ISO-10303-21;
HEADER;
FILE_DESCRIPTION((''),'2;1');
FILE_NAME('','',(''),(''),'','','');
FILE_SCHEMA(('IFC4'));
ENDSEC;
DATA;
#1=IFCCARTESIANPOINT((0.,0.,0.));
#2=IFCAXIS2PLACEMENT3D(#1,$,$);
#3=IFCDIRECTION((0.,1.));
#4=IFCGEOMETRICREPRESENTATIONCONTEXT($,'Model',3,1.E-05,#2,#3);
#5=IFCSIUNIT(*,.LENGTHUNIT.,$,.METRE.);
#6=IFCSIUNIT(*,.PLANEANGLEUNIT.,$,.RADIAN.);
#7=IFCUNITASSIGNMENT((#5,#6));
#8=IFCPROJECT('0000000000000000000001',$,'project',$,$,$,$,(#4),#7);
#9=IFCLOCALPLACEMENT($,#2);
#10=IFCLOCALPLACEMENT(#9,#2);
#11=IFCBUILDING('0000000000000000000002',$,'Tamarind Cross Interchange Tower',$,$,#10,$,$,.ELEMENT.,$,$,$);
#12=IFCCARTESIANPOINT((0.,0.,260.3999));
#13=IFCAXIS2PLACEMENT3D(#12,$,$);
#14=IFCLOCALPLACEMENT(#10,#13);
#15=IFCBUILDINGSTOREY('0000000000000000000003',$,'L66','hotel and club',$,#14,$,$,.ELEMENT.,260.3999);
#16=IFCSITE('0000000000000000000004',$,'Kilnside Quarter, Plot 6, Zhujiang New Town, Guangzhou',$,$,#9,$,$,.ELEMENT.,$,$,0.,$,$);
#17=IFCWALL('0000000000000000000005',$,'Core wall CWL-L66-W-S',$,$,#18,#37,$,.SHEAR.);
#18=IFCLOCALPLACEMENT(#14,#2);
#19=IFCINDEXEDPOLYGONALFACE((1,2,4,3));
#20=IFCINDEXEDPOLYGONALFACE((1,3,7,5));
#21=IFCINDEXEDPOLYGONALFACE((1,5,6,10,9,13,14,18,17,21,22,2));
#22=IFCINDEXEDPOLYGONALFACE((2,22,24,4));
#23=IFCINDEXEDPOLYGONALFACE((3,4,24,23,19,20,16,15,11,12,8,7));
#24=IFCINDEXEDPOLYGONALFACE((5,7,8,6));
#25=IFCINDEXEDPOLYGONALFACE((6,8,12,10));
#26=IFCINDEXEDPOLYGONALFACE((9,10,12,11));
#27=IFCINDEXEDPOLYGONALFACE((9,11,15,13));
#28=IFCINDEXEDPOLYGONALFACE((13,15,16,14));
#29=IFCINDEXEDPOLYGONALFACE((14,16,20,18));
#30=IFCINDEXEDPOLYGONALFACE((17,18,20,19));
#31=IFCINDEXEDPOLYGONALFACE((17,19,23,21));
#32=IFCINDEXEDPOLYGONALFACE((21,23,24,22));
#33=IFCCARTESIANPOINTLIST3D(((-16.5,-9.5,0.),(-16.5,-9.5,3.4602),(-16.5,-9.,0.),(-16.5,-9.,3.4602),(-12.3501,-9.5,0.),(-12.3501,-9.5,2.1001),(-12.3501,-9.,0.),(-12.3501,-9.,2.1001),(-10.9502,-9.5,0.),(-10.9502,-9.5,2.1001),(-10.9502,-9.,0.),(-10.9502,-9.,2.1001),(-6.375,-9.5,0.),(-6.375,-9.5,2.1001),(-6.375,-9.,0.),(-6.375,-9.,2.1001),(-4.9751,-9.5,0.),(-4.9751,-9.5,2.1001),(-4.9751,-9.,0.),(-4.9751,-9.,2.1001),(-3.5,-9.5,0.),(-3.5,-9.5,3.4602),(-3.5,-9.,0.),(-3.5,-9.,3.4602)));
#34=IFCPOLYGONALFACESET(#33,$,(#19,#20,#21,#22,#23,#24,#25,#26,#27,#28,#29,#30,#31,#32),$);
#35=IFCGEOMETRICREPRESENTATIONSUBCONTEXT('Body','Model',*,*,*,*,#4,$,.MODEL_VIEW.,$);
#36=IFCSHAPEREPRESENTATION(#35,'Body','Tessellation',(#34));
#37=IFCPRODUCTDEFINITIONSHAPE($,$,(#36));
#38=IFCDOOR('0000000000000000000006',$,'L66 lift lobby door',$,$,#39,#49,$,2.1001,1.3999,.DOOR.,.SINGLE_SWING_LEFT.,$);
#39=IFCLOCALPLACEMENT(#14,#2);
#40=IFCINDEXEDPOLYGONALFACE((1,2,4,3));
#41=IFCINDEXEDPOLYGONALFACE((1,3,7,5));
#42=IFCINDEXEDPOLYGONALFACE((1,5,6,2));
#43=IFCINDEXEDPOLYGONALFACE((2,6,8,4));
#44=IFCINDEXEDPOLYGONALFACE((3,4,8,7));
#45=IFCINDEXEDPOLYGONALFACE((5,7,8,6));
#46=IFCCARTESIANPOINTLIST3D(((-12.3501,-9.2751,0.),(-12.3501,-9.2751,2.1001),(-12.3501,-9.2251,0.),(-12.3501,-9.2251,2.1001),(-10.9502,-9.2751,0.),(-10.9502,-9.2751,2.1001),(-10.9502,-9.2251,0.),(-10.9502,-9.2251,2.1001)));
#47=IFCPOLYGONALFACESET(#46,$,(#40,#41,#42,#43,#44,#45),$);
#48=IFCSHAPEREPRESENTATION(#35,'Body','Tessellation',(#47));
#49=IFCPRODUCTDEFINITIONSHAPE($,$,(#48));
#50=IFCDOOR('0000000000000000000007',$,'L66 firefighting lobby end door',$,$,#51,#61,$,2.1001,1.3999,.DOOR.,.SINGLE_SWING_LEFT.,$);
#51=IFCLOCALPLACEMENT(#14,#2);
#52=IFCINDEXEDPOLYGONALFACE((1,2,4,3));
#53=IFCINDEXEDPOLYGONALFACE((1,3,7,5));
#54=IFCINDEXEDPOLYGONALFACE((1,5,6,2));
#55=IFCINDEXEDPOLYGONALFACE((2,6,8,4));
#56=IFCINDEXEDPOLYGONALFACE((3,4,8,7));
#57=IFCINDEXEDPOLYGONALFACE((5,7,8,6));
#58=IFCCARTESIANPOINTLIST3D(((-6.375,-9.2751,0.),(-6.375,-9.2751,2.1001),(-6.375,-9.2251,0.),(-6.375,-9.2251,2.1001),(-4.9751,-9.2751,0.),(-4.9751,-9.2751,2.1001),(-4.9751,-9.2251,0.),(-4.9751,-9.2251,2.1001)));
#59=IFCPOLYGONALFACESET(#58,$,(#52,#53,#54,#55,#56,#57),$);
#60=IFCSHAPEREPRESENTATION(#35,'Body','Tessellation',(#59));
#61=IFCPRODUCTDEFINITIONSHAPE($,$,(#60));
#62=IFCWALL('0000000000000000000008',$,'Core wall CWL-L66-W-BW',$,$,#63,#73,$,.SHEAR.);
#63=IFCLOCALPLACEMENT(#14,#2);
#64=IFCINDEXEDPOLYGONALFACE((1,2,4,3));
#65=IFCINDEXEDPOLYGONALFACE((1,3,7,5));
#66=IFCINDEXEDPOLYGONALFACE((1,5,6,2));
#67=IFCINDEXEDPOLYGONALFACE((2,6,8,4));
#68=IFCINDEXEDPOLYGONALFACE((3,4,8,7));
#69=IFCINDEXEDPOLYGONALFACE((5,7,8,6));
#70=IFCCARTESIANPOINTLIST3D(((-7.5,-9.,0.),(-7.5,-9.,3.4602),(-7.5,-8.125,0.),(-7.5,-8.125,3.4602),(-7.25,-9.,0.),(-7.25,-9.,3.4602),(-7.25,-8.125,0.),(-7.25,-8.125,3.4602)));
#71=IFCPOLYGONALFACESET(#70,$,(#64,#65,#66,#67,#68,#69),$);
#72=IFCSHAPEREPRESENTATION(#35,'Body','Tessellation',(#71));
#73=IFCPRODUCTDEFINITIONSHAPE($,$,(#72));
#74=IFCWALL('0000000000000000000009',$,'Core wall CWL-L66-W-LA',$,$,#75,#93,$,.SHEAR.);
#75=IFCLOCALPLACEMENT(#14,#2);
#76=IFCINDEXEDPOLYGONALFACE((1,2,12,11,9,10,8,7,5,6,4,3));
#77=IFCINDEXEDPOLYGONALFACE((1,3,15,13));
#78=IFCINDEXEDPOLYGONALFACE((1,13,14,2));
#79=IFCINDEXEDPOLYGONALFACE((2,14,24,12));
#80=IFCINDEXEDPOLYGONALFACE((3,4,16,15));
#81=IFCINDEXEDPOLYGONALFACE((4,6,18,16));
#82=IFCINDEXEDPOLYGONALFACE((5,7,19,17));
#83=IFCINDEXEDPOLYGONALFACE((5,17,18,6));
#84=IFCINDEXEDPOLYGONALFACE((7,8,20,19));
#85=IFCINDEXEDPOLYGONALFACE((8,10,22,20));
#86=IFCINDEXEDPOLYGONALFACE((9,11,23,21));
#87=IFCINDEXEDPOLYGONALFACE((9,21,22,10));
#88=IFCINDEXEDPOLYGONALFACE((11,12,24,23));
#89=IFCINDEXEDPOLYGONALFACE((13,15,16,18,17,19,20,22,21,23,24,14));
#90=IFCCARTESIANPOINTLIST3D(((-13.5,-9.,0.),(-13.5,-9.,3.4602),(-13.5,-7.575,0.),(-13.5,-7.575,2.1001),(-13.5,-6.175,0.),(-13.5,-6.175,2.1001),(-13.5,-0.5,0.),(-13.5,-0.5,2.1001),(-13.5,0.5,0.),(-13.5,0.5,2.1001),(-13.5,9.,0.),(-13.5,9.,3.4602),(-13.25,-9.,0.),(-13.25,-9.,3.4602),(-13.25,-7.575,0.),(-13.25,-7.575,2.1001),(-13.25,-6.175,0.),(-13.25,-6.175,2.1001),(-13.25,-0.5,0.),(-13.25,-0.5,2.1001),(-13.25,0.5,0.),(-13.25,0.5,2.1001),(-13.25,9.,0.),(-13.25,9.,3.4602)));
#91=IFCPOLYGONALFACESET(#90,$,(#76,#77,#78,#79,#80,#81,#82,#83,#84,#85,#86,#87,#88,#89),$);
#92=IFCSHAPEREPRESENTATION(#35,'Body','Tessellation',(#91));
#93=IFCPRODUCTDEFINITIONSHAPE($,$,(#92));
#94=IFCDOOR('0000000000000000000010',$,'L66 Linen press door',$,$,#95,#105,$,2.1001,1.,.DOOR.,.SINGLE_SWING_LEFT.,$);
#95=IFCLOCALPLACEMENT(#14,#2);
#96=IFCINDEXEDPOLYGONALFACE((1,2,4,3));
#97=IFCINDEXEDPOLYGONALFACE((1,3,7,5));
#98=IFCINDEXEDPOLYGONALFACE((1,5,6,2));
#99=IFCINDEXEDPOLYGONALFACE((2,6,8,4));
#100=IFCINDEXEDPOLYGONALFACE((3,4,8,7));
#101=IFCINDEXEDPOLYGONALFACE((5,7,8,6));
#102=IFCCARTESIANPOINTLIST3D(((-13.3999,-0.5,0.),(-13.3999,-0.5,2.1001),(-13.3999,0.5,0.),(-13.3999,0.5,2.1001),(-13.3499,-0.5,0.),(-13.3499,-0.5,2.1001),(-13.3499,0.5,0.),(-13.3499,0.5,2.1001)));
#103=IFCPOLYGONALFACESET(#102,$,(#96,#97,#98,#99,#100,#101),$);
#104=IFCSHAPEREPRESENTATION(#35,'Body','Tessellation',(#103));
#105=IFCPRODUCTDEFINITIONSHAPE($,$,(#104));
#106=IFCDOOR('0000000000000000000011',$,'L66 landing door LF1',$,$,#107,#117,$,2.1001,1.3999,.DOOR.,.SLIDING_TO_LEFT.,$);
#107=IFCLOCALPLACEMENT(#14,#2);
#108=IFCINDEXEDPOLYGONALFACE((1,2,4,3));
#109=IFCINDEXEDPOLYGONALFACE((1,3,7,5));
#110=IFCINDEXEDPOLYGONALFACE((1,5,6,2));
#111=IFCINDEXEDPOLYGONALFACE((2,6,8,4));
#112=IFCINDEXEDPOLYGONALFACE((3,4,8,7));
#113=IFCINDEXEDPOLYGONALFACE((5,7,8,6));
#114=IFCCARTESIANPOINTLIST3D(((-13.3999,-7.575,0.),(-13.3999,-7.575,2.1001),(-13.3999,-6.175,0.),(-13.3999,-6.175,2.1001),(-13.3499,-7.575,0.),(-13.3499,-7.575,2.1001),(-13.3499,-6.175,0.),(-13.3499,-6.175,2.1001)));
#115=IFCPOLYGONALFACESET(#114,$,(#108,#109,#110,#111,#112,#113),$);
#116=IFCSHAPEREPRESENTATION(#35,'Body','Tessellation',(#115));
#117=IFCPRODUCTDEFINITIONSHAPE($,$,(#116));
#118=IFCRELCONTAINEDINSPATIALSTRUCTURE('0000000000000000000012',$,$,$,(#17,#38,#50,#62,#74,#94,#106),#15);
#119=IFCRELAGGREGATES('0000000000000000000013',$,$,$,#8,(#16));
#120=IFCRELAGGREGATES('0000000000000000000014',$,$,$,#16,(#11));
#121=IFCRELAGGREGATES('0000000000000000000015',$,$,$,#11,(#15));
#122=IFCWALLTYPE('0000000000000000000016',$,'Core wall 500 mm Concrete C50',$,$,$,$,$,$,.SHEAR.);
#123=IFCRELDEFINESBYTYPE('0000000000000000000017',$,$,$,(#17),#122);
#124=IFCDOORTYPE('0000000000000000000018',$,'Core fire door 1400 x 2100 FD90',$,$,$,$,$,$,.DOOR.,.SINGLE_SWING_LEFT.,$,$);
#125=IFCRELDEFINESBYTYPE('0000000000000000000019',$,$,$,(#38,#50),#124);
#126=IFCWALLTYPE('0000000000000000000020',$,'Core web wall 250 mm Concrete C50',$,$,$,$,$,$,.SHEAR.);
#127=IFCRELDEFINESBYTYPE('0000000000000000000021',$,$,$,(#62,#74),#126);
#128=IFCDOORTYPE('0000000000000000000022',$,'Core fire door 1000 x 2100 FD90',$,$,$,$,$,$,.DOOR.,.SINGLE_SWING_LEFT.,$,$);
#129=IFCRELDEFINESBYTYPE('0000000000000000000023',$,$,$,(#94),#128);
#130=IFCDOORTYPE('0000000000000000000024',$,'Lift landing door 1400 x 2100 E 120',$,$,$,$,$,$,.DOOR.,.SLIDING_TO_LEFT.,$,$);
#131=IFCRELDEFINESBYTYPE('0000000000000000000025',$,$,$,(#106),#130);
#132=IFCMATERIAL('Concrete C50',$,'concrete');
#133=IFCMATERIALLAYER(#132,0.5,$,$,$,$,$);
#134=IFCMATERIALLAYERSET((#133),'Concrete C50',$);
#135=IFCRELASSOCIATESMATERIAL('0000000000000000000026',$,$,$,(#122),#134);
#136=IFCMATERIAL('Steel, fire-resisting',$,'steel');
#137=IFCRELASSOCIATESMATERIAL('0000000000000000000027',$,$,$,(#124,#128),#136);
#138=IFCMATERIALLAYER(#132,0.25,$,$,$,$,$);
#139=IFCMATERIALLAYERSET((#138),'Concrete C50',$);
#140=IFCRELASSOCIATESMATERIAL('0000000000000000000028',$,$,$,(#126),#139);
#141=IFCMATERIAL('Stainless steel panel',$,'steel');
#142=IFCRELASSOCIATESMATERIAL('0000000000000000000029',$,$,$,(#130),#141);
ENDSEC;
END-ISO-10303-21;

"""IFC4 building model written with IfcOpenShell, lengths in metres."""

from ifc_helpers import new_model, si_unit, direction, frame, frame_2d, origin, place, context, subcontext, project, spatial, rectangle, extrude, material, layer, layer_set, type_object, element, fill, save


model = new_model("IFC4")

# Units and contexts
model_context = context("Model", 3, precision=1e-05, world=origin(), true_north=direction((0.0, 1.0)))
body_context = subcontext(model_context, "Body", "Model", "MODEL_VIEW")
ifc_project = project(units=[si_unit("LENGTHUNIT", "METRE"), si_unit("PLANEANGLEUNIT", "RADIAN")], contexts=[model_context])

# Site, building, storey
site_placement = place(None, origin())
site = spatial("IfcSite", under=ifc_project, at=site_placement, Name="Kilnside Quarter, Plot 6, Zhujiang New Town, Guangzhou", CompositionType="ELEMENT", RefElevation=0.0)
building_placement = place(site_placement, origin())
building = spatial("IfcBuilding", under=site, at=building_placement, Name="Tamarind Cross Interchange Tower", CompositionType="ELEMENT")
storey_placement = place(building_placement, frame((0.0, 0.0, 260.3999)))
storey = spatial("IfcBuildingStorey", under=building, at=storey_placement, Name="L66", Description="hotel and club", CompositionType="ELEMENT", Elevation=260.3999)

# Wall, openings, doors
ifc_material_1 = material(Name="Concrete C50", Category="concrete")
ifc_layer_1 = layer(ifc_material_1, 0.5)
ifc_layer_set_1 = layer_set([ifc_layer_1], Name="Concrete C50")
wall_type_1 = type_object("IfcWallType", Name="Core wall 500 mm Concrete C50", PredefinedType="SHEAR", material=ifc_layer_set_1)
wall_1_placement = place(storey_placement, frame((-16.5, -9.25, 0.0), z_axis=(0.0, 0.0, 1.0), x_axis=(1.0, 0.0, 0.0)))
wall_1 = element("IfcWall", 1, at=wall_1_placement, inside=storey, type_object=wall_type_1, Name="Core wall CWL-L66-W-S", PredefinedType="SHEAR", context=body_context, shape_type="SweptSolid", body=[
    extrude(rectangle(XDim=13.0, YDim=0.5, at=frame_2d((6.5, 0.0))), origin(), (0.0, 0.0, 1.0), 3.4602),
])
opening_1_placement = place(wall_1_placement, frame((4.1499, 0.0, 0.0)))
opening_1 = element("IfcOpeningElement", 2, at=opening_1_placement, cuts=wall_1, PredefinedType="OPENING", context=body_context, shape_type="SweptSolid", body=[
    extrude(rectangle(XDim=1.3999, YDim=2.1001, at=frame_2d((0.7, 1.05))), frame((0.0, 0.26, 0.0), z_axis=(0.0, -1.0, 0.0), x_axis=(1.0, 0.0, 0.0)), (0.0, 0.0, 1.0), 0.52),
])
opening_2_placement = place(wall_1_placement, frame((10.125, 0.0, 0.0)))
opening_2 = element("IfcOpeningElement", 3, at=opening_2_placement, cuts=wall_1, PredefinedType="OPENING", context=body_context, shape_type="SweptSolid", body=[
    extrude(rectangle(XDim=1.3999, YDim=2.1001, at=frame_2d((0.7, 1.05))), frame((0.0, 0.26, 0.0), z_axis=(0.0, -1.0, 0.0), x_axis=(1.0, 0.0, 0.0)), (0.0, 0.0, 1.0), 0.52),
])
ifc_material_2 = material(Name="Steel, fire-resisting", Category="steel")
door_type_1 = type_object("IfcDoorType", Name="Core fire door 1400 x 2100 FD90", OperationType="SINGLE_SWING_LEFT", PredefinedType="DOOR", material=ifc_material_2)
door_1_placement = place(opening_1_placement, origin())
door_1 = element("IfcDoor", 4, at=door_1_placement, inside=storey, type_object=door_type_1, Name="L66 lift lobby door", OperationType="SINGLE_SWING_LEFT", OverallHeight=2.1001, OverallWidth=1.3999, PredefinedType="DOOR", context=body_context, shape_type="SweptSolid", body=[
    extrude(rectangle(XDim=1.3999, YDim=2.1001, at=frame_2d((0.7, 1.05))), frame((0.0, 0.0249, 0.0), z_axis=(0.0, -1.0, 0.0), x_axis=(1.0, 0.0, 0.0)), (0.0, 0.0, 1.0), 0.05),
])
fill(opening_1, door_1)
door_2_placement = place(opening_2_placement, origin())
door_2 = element("IfcDoor", 5, at=door_2_placement, inside=storey, type_object=door_type_1, Name="L66 firefighting lobby end door", OperationType="SINGLE_SWING_LEFT", OverallHeight=2.1001, OverallWidth=1.3999, PredefinedType="DOOR", context=body_context, shape_type="SweptSolid", body=[
    extrude(rectangle(XDim=1.3999, YDim=2.1001, at=frame_2d((0.7, 1.05))), frame((0.0, 0.0249, 0.0), z_axis=(0.0, -1.0, 0.0), x_axis=(1.0, 0.0, 0.0)), (0.0, 0.0, 1.0), 0.05),
])
fill(opening_2, door_2)

# Wall
ifc_layer_2 = layer(ifc_material_1, 0.25)
ifc_layer_set_2 = layer_set([ifc_layer_2], Name="Concrete C50")
wall_type_2 = type_object("IfcWallType", Name="Core web wall 250 mm Concrete C50", PredefinedType="SHEAR", material=ifc_layer_set_2)
wall_2_placement = place(storey_placement, frame((-7.375, -9.0, 0.0), z_axis=(0.0, 0.0, 1.0), x_axis=(0.0, 1.0, 0.0)))
element("IfcWall", 6, at=wall_2_placement, inside=storey, type_object=wall_type_2, Name="Core wall CWL-L66-W-BW", PredefinedType="SHEAR", context=body_context, shape_type="SweptSolid", body=[
    extrude(rectangle(XDim=0.875, YDim=0.25, at=frame_2d((0.4375, 0.0))), origin(), (0.0, 0.0, 1.0), 3.4602),
])

# Wall, openings, doors
wall_3_placement = place(storey_placement, frame((-13.375, -9.0, 0.0), z_axis=(0.0, 0.0, 1.0), x_axis=(0.0, 1.0, 0.0)))
wall_3 = element("IfcWall", 7, at=wall_3_placement, inside=storey, type_object=wall_type_2, Name="Core wall CWL-L66-W-LA", PredefinedType="SHEAR", context=body_context, shape_type="SweptSolid", body=[
    extrude(rectangle(XDim=18.0, YDim=0.25, at=frame_2d((9.0, 0.0))), origin(), (0.0, 0.0, 1.0), 3.4602),
])
opening_3_placement = place(wall_3_placement, frame((1.425, 0.0, 0.0)))
opening_3 = element("IfcOpeningElement", 8, at=opening_3_placement, cuts=wall_3, PredefinedType="OPENING", context=body_context, shape_type="SweptSolid", body=[
    extrude(rectangle(XDim=1.3999, YDim=2.1001, at=frame_2d((0.7, 1.05))), frame((0.0, 0.135, 0.0), z_axis=(0.0, -1.0, 0.0), x_axis=(1.0, 0.0, 0.0)), (0.0, 0.0, 1.0), 0.27),
])
opening_4_placement = place(wall_3_placement, frame((8.5, 0.0, 0.0)))
opening_4 = element("IfcOpeningElement", 9, at=opening_4_placement, cuts=wall_3, PredefinedType="OPENING", context=body_context, shape_type="SweptSolid", body=[
    extrude(rectangle(XDim=1.0, YDim=2.1001, at=frame_2d((0.5, 1.05))), frame((0.0, 0.135, 0.0), z_axis=(0.0, -1.0, 0.0), x_axis=(1.0, 0.0, 0.0)), (0.0, 0.0, 1.0), 0.27),
])
door_type_2 = type_object("IfcDoorType", Name="Core fire door 1000 x 2100 FD90", OperationType="SINGLE_SWING_LEFT", PredefinedType="DOOR", material=ifc_material_2)
door_3_placement = place(opening_4_placement, origin())
door_3 = element("IfcDoor", 10, at=door_3_placement, inside=storey, type_object=door_type_2, Name="L66 Linen press door", OperationType="SINGLE_SWING_LEFT", OverallHeight=2.1001, OverallWidth=1.0, PredefinedType="DOOR", context=body_context, shape_type="SweptSolid", body=[
    extrude(rectangle(XDim=1.0, YDim=2.1001, at=frame_2d((0.5, 1.05))), frame((0.0, 0.0249, 0.0), z_axis=(0.0, -1.0, 0.0), x_axis=(1.0, 0.0, 0.0)), (0.0, 0.0, 1.0), 0.05),
])
fill(opening_4, door_3)
ifc_material_3 = material(Name="Stainless steel panel", Category="steel")
door_type_3 = type_object("IfcDoorType", Name="Lift landing door 1400 x 2100 E 120", OperationType="SLIDING_TO_LEFT", PredefinedType="DOOR", material=ifc_material_3)
door_4_placement = place(opening_3_placement, origin())
door_4 = element("IfcDoor", 11, at=door_4_placement, inside=storey, type_object=door_type_3, Name="L66 landing door LF1", OperationType="SLIDING_TO_LEFT", OverallHeight=2.1001, OverallWidth=1.3999, PredefinedType="DOOR", context=body_context, shape_type="SweptSolid", body=[
    extrude(rectangle(XDim=1.3999, YDim=2.1001, at=frame_2d((0.7, 1.05))), frame((0.0, 0.0249, 0.0), z_axis=(0.0, -1.0, 0.0), x_axis=(1.0, 0.0, 0.0)), (0.0, 0.0, 1.0), 0.05),
])
fill(opening_3, door_4)

save(model, "model.ifc")
